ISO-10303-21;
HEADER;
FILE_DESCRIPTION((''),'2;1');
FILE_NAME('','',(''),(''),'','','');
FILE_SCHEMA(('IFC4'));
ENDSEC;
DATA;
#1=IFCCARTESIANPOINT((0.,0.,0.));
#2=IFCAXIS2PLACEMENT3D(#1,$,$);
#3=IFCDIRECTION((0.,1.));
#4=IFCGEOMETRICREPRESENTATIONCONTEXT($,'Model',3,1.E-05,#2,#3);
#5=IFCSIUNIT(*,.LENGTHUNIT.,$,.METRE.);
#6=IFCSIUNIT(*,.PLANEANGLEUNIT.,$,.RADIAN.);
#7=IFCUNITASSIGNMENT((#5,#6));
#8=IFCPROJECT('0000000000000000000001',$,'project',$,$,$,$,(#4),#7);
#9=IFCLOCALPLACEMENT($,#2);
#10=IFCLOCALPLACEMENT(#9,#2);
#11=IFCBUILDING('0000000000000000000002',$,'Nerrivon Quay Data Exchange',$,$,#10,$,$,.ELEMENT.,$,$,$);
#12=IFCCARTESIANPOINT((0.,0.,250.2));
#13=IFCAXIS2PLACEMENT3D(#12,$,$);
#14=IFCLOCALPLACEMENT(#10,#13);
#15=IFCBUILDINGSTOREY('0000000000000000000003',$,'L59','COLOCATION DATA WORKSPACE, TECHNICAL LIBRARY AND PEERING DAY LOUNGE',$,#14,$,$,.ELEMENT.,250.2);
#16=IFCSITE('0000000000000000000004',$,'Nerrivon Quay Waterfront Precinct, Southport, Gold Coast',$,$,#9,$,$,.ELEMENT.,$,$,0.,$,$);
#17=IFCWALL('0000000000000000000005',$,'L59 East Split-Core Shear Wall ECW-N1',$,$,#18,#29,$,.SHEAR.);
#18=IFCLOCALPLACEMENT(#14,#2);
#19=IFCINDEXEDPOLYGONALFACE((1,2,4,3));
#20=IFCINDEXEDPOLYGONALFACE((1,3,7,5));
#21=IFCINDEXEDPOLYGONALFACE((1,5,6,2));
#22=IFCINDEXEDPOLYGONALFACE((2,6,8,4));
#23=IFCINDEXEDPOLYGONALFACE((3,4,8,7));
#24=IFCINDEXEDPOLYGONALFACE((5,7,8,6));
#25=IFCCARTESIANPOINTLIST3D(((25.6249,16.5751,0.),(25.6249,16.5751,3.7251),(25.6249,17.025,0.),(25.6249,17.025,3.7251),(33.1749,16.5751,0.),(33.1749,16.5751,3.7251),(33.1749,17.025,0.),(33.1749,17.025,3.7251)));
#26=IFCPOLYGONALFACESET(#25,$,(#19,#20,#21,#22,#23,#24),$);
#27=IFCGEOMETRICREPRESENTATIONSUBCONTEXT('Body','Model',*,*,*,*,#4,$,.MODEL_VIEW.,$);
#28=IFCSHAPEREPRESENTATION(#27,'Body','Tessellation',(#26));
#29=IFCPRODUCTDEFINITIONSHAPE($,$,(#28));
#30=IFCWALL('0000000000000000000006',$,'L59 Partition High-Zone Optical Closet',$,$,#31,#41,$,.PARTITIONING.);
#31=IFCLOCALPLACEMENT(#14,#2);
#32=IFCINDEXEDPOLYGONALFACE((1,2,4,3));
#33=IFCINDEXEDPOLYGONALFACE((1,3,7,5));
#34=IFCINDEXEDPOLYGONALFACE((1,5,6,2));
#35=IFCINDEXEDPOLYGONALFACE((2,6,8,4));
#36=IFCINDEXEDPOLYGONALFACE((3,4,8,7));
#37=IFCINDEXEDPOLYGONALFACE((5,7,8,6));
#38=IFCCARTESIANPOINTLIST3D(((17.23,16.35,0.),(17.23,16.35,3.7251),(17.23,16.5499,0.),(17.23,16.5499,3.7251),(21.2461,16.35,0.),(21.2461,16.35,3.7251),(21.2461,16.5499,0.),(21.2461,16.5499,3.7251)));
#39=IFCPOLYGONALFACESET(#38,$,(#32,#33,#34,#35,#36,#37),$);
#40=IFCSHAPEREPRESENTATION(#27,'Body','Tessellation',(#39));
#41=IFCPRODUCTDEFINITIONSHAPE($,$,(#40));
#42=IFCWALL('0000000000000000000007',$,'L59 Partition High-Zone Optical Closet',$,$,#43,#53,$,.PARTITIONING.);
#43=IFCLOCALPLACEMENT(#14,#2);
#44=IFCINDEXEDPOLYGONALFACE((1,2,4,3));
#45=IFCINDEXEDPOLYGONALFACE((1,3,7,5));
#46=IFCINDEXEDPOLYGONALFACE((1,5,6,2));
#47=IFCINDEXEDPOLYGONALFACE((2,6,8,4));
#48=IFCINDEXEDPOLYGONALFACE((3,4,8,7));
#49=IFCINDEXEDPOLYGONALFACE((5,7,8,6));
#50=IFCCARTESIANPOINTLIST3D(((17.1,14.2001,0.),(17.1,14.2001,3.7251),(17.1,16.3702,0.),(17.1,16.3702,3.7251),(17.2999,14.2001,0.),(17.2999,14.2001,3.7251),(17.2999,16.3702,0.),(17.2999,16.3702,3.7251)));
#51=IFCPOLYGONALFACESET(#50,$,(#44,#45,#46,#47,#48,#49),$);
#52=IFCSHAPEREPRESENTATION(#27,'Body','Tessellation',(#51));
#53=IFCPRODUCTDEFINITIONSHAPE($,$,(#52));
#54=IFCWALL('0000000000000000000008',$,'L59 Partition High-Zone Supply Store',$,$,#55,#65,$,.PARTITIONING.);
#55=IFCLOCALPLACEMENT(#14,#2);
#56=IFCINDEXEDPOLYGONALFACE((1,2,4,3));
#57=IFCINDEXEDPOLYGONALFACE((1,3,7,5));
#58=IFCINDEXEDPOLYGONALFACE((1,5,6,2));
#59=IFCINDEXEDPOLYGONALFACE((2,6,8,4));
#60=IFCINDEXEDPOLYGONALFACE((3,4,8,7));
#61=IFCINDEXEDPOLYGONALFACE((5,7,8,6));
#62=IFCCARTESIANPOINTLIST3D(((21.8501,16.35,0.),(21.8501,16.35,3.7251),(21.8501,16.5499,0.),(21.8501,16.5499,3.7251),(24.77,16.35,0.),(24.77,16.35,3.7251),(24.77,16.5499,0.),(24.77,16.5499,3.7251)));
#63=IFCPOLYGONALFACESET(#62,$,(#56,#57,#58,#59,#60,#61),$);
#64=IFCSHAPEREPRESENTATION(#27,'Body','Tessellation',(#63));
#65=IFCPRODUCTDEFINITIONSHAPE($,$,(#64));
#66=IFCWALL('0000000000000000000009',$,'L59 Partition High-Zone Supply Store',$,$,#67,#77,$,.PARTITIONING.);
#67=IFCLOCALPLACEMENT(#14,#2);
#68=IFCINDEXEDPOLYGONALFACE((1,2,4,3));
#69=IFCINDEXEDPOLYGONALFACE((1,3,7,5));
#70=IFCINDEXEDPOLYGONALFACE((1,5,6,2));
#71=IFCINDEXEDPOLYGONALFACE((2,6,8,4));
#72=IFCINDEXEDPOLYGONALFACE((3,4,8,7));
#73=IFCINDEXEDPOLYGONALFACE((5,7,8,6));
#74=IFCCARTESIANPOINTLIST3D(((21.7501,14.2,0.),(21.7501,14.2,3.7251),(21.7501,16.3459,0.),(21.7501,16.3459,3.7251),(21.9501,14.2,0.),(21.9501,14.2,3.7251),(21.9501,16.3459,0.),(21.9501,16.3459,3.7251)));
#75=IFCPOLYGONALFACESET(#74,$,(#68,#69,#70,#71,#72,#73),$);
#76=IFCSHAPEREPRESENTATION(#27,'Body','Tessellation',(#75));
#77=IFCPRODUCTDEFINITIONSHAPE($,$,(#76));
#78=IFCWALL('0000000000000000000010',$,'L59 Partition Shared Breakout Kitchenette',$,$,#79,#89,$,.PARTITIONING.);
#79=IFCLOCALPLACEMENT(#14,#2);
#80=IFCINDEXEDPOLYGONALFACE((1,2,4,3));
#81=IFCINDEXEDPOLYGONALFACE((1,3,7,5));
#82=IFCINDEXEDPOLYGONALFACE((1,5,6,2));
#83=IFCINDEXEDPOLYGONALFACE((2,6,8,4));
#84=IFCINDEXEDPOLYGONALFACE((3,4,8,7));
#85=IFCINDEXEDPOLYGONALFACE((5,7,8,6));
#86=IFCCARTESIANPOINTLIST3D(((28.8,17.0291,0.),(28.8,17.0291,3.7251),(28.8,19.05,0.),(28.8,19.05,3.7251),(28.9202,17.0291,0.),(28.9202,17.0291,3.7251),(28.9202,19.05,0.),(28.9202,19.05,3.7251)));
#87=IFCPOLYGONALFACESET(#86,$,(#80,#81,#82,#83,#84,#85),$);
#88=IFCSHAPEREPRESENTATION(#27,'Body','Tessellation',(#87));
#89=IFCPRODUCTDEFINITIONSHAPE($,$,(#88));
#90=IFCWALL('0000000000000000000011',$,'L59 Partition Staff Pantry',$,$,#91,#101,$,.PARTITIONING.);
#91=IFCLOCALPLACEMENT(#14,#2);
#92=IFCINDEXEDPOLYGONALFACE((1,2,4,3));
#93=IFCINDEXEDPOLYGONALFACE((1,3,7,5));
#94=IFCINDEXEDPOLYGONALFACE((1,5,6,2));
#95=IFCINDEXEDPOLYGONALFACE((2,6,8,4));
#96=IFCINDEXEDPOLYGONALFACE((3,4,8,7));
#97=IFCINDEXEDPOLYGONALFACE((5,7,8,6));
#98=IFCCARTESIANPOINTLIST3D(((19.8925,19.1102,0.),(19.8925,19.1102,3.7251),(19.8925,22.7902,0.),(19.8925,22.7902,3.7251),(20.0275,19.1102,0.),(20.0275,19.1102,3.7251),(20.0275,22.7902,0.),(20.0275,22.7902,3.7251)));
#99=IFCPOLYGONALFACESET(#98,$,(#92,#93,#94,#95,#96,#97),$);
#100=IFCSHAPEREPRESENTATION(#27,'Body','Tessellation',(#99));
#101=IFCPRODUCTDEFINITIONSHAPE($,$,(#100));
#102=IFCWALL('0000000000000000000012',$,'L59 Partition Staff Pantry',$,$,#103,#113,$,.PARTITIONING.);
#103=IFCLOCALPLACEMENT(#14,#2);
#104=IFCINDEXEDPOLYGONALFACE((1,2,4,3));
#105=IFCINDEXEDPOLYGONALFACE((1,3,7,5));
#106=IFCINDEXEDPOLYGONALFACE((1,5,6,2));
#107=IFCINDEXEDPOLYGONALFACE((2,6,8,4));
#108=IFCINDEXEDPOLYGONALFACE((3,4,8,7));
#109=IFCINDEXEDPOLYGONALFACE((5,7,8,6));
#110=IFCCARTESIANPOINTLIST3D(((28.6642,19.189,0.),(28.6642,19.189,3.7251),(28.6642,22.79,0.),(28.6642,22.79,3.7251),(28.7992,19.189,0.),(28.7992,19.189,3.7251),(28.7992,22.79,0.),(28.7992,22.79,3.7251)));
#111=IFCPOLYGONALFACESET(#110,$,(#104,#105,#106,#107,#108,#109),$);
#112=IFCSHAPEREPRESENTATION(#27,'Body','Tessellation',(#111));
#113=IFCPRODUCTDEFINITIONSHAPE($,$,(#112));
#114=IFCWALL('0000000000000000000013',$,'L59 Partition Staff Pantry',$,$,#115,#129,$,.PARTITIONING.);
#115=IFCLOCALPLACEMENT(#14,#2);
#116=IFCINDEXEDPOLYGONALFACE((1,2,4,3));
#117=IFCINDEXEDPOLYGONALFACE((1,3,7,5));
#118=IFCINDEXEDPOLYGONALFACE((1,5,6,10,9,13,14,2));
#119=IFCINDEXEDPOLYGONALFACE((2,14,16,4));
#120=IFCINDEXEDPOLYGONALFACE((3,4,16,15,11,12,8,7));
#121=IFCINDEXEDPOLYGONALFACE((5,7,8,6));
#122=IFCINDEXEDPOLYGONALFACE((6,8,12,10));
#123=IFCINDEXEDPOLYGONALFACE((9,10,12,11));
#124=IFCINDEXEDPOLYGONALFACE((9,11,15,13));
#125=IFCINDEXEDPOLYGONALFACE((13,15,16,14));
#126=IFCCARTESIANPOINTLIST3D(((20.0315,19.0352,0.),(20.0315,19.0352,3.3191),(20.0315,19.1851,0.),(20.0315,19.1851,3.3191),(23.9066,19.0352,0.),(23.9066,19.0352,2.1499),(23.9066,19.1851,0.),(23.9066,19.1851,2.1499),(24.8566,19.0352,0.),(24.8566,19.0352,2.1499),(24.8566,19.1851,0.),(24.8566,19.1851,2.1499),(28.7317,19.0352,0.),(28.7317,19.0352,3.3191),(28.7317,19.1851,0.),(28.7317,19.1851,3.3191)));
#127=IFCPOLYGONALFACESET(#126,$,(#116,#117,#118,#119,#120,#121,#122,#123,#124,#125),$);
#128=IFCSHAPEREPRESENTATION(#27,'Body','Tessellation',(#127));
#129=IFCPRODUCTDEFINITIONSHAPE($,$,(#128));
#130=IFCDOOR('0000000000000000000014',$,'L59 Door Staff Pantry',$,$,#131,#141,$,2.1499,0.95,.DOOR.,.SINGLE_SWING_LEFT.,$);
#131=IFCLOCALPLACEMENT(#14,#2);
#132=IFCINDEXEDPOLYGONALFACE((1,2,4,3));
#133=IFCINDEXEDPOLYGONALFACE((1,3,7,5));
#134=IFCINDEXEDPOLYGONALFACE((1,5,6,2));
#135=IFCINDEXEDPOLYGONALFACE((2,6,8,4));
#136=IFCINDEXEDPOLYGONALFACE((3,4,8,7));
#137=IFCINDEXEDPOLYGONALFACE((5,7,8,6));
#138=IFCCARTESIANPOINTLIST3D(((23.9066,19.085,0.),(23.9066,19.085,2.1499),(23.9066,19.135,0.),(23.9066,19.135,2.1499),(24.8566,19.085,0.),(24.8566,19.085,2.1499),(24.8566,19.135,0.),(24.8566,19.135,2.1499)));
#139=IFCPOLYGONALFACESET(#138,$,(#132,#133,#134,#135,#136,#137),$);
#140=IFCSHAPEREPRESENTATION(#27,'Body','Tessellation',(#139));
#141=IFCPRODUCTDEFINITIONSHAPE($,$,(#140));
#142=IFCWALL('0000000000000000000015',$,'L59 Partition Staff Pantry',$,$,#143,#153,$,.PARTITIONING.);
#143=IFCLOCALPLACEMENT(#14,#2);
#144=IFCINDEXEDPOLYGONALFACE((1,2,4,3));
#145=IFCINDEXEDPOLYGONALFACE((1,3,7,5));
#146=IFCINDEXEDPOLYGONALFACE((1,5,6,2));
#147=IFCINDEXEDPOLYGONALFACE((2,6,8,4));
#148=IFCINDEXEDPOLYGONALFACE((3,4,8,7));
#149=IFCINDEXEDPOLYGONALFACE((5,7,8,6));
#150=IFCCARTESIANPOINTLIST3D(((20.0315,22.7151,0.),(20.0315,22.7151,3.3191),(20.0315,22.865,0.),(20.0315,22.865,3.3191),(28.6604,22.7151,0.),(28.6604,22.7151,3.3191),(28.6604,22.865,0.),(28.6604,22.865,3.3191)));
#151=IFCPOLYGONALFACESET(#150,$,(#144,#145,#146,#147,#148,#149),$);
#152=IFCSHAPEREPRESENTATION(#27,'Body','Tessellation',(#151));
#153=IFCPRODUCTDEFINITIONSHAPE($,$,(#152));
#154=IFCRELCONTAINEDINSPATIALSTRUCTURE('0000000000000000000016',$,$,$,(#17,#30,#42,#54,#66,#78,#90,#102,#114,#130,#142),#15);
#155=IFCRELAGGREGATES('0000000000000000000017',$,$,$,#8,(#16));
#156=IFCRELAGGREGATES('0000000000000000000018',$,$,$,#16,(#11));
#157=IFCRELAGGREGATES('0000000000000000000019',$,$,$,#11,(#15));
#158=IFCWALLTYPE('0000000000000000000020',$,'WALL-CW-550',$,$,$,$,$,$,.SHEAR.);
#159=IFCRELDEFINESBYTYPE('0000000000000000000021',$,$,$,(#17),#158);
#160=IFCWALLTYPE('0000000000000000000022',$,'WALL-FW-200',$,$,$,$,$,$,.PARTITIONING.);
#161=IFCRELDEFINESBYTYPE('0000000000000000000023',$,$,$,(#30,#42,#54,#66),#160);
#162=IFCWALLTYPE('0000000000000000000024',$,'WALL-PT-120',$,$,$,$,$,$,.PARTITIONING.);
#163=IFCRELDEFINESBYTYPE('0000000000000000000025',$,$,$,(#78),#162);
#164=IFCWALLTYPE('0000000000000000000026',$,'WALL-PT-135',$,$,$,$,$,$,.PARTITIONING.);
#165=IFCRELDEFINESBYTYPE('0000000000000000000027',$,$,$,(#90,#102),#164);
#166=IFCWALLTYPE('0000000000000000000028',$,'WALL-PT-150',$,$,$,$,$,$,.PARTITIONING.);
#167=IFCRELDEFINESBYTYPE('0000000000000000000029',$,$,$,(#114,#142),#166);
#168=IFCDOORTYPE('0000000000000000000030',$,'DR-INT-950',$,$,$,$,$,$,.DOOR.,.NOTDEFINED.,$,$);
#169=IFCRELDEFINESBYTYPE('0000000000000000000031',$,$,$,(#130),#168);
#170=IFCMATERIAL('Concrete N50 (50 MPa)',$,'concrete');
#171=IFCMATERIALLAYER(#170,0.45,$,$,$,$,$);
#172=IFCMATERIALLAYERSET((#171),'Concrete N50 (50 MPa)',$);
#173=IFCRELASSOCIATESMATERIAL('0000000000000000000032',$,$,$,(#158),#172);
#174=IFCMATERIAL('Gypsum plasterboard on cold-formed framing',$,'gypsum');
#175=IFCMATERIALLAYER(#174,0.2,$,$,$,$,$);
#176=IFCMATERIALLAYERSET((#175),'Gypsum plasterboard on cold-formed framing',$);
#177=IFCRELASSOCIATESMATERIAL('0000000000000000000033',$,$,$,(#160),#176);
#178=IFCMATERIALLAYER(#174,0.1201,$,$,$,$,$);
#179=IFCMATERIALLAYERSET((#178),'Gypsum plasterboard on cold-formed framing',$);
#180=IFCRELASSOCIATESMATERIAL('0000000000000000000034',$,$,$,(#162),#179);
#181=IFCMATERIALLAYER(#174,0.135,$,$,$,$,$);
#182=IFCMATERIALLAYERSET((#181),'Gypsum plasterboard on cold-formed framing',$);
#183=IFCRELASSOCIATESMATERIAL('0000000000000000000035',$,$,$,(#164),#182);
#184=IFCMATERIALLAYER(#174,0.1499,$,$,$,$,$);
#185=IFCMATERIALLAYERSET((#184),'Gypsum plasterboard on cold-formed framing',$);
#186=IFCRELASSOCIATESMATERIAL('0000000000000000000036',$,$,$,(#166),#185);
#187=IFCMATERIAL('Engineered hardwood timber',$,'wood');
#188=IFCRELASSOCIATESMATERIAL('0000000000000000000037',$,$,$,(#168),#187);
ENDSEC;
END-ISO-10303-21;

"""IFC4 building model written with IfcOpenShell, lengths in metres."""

from ifc_helpers import new_model, si_unit, direction, frame, frame_2d, origin, place, context, subcontext, project, spatial, rectangle, extrude, material, layer, layer_set, type_object, element, fill, save


model = new_model("IFC4")

# Units and contexts
model_context = context("Model", 3, precision=1e-05, world=origin(), true_north=direction((0.0, 1.0)))
body_context = subcontext(model_context, "Body", "Model", "MODEL_VIEW")
ifc_project = project(units=[si_unit("LENGTHUNIT", "METRE"), si_unit("PLANEANGLEUNIT", "RADIAN")], contexts=[model_context])

# Site, building, storey
site_placement = place(None, origin())
site = spatial("IfcSite", under=ifc_project, at=site_placement, Name="Nerrivon Quay Waterfront Precinct, Southport, Gold Coast", CompositionType="ELEMENT", RefElevation=0.0)
building_placement = place(site_placement, origin())
building = spatial("IfcBuilding", under=site, at=building_placement, Name="Nerrivon Quay Data Exchange", CompositionType="ELEMENT")
storey_placement = place(building_placement, frame((0.0, 0.0, 250.2)))
storey = spatial("IfcBuildingStorey", under=building, at=storey_placement, Name="L59", Description="COLOCATION DATA WORKSPACE, TECHNICAL LIBRARY AND PEERING DAY LOUNGE", CompositionType="ELEMENT", Elevation=250.2)

# Shared definitions
ifc_material_1 = material(Name="Concrete N50 (50 MPa)", Category="concrete")

# Walls
ifc_layer_1 = layer(ifc_material_1, 0.45)
ifc_layer_set_1 = layer_set([ifc_layer_1], Name="Concrete N50 (50 MPa)")
wall_type_1 = type_object("IfcWallType", Name="WALL-CW-550", PredefinedType="SHEAR", material=ifc_layer_set_1)
wall_1_placement = place(storey_placement, frame((25.625, 16.8, 0.0), z_axis=(0.0, 0.0, 1.0), x_axis=(1.0, 0.0, 0.0)))
element("IfcWall", 1, at=wall_1_placement, inside=storey, type_object=wall_type_1, Name="L59 East Split-Core Shear Wall ECW-N1", PredefinedType="SHEAR", context=body_context, shape_type="SweptSolid", body=[
    extrude(rectangle(XDim=7.55, YDim=0.45, at=frame_2d((3.7749, 0.0))), origin(), (0.0, 0.0, 1.0), 3.7251),
])
ifc_material_2 = material(Name="Gypsum plasterboard on cold-formed framing", Category="gypsum")
ifc_layer_2 = layer(ifc_material_2, 0.2)
ifc_layer_set_2 = layer_set([ifc_layer_2], Name="Gypsum plasterboard on cold-formed framing")
wall_type_2 = type_object("IfcWallType", Name="WALL-FW-200", PredefinedType="PARTITIONING", material=ifc_layer_set_2)
wall_2_placement = place(storey_placement, frame((21.2461, 16.45, 0.0), z_axis=(0.0, 0.0, 1.0), x_axis=(-1.0, 0.0, 0.0)))
element("IfcWall", 2, at=wall_2_placement, inside=storey, type_object=wall_type_2, Name="L59 Partition High-Zone Optical Closet", PredefinedType="PARTITIONING", context=body_context, shape_type="SweptSolid", body=[
    extrude(rectangle(XDim=4.0161, YDim=0.2, at=frame_2d((2.0081, 0.0))), origin(), (0.0, 0.0, 1.0), 3.7251),
])
wall_3_placement = place(storey_placement, frame((17.2, 16.3701, 0.0), z_axis=(0.0, 0.0, 1.0), x_axis=(0.0, -1.0, 0.0)))
element("IfcWall", 3, at=wall_3_placement, inside=storey, type_object=wall_type_2, Name="L59 Partition High-Zone Optical Closet", PredefinedType="PARTITIONING", context=body_context, shape_type="SweptSolid", body=[
    extrude(rectangle(XDim=2.1702, YDim=0.2, at=frame_2d((1.085, 0.0))), origin(), (0.0, 0.0, 1.0), 3.7251),
])
wall_4_placement = place(storey_placement, frame((24.77, 16.45, 0.0), z_axis=(0.0, 0.0, 1.0), x_axis=(-1.0, 0.0, 0.0)))
element("IfcWall", 4, at=wall_4_placement, inside=storey, type_object=wall_type_2, Name="L59 Partition High-Zone Supply Store", PredefinedType="PARTITIONING", context=body_context, shape_type="SweptSolid", body=[
    extrude(rectangle(XDim=2.9199, YDim=0.2, at=frame_2d((1.46, 0.0))), origin(), (0.0, 0.0, 1.0), 3.7251),
])
wall_5_placement = place(storey_placement, frame((21.8501, 16.3459, 0.0), z_axis=(0.0, 0.0, 1.0), x_axis=(0.0, -1.0, 0.0)))
element("IfcWall", 5, at=wall_5_placement, inside=storey, type_object=wall_type_2, Name="L59 Partition High-Zone Supply Store", PredefinedType="PARTITIONING", context=body_context, shape_type="SweptSolid", body=[
    extrude(rectangle(XDim=2.146, YDim=0.2, at=frame_2d((1.073, 0.0))), origin(), (0.0, 0.0, 1.0), 3.7251),
])
ifc_layer_3 = layer(ifc_material_2, 0.1201)
ifc_layer_set_3 = layer_set([ifc_layer_3], Name="Gypsum plasterboard on cold-formed framing")
wall_type_3 = type_object("IfcWallType", Name="WALL-PT-120", PredefinedType="PARTITIONING", material=ifc_layer_set_3)
wall_6_placement = place(storey_placement, frame((28.8601, 19.05, 0.0), z_axis=(0.0, 0.0, 1.0), x_axis=(0.0, -1.0, 0.0)))
element("IfcWall", 6, at=wall_6_placement, inside=storey, type_object=wall_type_3, Name="L59 Partition Shared Breakout Kitchenette", PredefinedType="PARTITIONING", context=body_context, shape_type="SweptSolid", body=[
    extrude(rectangle(XDim=2.021, YDim=0.1201, at=frame_2d((1.0105, 0.0))), origin(), (0.0, 0.0, 1.0), 3.7251),
])
ifc_layer_4 = layer(ifc_material_2, 0.135)
ifc_layer_set_4 = layer_set([ifc_layer_4], Name="Gypsum plasterboard on cold-formed framing")
wall_type_4 = type_object("IfcWallType", Name="WALL-PT-135", PredefinedType="PARTITIONING", material=ifc_layer_set_4)
wall_7_placement = place(storey_placement, frame((19.96, 22.79, 0.0), z_axis=(0.0, 0.0, 1.0), x_axis=(0.0, -1.0, 0.0)))
element("IfcWall", 7, at=wall_7_placement, inside=storey, type_object=wall_type_4, Name="L59 Partition Staff Pantry", PredefinedType="PARTITIONING", context=body_context, shape_type="SweptSolid", body=[
    extrude(rectangle(XDim=3.6799, YDim=0.135, at=frame_2d((1.8398, 0.0))), origin(), (0.0, 0.0, 1.0), 3.7251),
])
wall_8_placement = place(storey_placement, frame((28.7317, 19.189, 0.0), z_axis=(0.0, 0.0, 1.0), x_axis=(0.0, 1.0, 0.0)))
element("IfcWall", 8, at=wall_8_placement, inside=storey, type_object=wall_type_4, Name="L59 Partition Staff Pantry", PredefinedType="PARTITIONING", context=body_context, shape_type="SweptSolid", body=[
    extrude(rectangle(XDim=3.6011, YDim=0.135, at=frame_2d((1.8005, 0.0))), origin(), (0.0, 0.0, 1.0), 3.7251),
])

# Wall, opening, door
ifc_layer_5 = layer(ifc_material_2, 0.1499)
ifc_layer_set_5 = layer_set([ifc_layer_5], Name="Gypsum plasterboard on cold-formed framing")
wall_type_5 = type_object("IfcWallType", Name="WALL-PT-150", PredefinedType="PARTITIONING", material=ifc_layer_set_5)
wall_9_placement = place(storey_placement, frame((20.0315, 19.1101, 0.0), z_axis=(0.0, 0.0, 1.0), x_axis=(1.0, 0.0, 0.0)))
wall_9 = element("IfcWall", 9, at=wall_9_placement, inside=storey, type_object=wall_type_5, Name="L59 Partition Staff Pantry", PredefinedType="PARTITIONING", context=body_context, shape_type="SweptSolid", body=[
    extrude(rectangle(XDim=8.7002, YDim=0.1499, at=frame_2d((4.3501, 0.0))), origin(), (0.0, 0.0, 1.0), 3.3191),
])
opening_placement = place(wall_9_placement, frame((3.875, 0.0, 0.0)))
opening = element("IfcOpeningElement", 10, at=opening_placement, cuts=wall_9, PredefinedType="OPENING", context=body_context, shape_type="SweptSolid", body=[
    extrude(rectangle(XDim=0.95, YDim=2.1499, at=frame_2d((0.4751, 1.075))), frame((0.0, 0.085, 0.0), z_axis=(0.0, -1.0, 0.0), x_axis=(1.0, 0.0, 0.0)), (0.0, 0.0, 1.0), 0.1699),
])
ifc_material_3 = material(Name="Engineered hardwood timber", Category="wood")
door_type = type_object("IfcDoorType", Name="DR-INT-950", OperationType="NOTDEFINED", PredefinedType="DOOR", material=ifc_material_3)
door_placement = place(opening_placement, origin())
door = element("IfcDoor", 11, at=door_placement, inside=storey, type_object=door_type, Name="L59 Door Staff Pantry", OperationType="SINGLE_SWING_LEFT", OverallHeight=2.1499, OverallWidth=0.95, PredefinedType="DOOR", context=body_context, shape_type="SweptSolid", body=[
    extrude(rectangle(XDim=0.95, YDim=2.1499, at=frame_2d((0.4751, 1.075))), frame((0.0, 0.0249, 0.0), z_axis=(0.0, -1.0, 0.0), x_axis=(1.0, 0.0, 0.0)), (0.0, 0.0, 1.0), 0.05),
])
fill(opening, door)

# Wall
wall_10_placement = place(storey_placement, frame((28.6604, 22.79, 0.0), z_axis=(0.0, 0.0, 1.0), x_axis=(-1.0, 0.0, 0.0)))
element("IfcWall", 12, at=wall_10_placement, inside=storey, type_object=wall_type_5, Name="L59 Partition Staff Pantry", PredefinedType="PARTITIONING", context=body_context, shape_type="SweptSolid", body=[
    extrude(rectangle(XDim=8.6289, YDim=0.1499, at=frame_2d((4.3145, 0.0))), origin(), (0.0, 0.0, 1.0), 3.3191),
])

save(model, "model.ifc")
